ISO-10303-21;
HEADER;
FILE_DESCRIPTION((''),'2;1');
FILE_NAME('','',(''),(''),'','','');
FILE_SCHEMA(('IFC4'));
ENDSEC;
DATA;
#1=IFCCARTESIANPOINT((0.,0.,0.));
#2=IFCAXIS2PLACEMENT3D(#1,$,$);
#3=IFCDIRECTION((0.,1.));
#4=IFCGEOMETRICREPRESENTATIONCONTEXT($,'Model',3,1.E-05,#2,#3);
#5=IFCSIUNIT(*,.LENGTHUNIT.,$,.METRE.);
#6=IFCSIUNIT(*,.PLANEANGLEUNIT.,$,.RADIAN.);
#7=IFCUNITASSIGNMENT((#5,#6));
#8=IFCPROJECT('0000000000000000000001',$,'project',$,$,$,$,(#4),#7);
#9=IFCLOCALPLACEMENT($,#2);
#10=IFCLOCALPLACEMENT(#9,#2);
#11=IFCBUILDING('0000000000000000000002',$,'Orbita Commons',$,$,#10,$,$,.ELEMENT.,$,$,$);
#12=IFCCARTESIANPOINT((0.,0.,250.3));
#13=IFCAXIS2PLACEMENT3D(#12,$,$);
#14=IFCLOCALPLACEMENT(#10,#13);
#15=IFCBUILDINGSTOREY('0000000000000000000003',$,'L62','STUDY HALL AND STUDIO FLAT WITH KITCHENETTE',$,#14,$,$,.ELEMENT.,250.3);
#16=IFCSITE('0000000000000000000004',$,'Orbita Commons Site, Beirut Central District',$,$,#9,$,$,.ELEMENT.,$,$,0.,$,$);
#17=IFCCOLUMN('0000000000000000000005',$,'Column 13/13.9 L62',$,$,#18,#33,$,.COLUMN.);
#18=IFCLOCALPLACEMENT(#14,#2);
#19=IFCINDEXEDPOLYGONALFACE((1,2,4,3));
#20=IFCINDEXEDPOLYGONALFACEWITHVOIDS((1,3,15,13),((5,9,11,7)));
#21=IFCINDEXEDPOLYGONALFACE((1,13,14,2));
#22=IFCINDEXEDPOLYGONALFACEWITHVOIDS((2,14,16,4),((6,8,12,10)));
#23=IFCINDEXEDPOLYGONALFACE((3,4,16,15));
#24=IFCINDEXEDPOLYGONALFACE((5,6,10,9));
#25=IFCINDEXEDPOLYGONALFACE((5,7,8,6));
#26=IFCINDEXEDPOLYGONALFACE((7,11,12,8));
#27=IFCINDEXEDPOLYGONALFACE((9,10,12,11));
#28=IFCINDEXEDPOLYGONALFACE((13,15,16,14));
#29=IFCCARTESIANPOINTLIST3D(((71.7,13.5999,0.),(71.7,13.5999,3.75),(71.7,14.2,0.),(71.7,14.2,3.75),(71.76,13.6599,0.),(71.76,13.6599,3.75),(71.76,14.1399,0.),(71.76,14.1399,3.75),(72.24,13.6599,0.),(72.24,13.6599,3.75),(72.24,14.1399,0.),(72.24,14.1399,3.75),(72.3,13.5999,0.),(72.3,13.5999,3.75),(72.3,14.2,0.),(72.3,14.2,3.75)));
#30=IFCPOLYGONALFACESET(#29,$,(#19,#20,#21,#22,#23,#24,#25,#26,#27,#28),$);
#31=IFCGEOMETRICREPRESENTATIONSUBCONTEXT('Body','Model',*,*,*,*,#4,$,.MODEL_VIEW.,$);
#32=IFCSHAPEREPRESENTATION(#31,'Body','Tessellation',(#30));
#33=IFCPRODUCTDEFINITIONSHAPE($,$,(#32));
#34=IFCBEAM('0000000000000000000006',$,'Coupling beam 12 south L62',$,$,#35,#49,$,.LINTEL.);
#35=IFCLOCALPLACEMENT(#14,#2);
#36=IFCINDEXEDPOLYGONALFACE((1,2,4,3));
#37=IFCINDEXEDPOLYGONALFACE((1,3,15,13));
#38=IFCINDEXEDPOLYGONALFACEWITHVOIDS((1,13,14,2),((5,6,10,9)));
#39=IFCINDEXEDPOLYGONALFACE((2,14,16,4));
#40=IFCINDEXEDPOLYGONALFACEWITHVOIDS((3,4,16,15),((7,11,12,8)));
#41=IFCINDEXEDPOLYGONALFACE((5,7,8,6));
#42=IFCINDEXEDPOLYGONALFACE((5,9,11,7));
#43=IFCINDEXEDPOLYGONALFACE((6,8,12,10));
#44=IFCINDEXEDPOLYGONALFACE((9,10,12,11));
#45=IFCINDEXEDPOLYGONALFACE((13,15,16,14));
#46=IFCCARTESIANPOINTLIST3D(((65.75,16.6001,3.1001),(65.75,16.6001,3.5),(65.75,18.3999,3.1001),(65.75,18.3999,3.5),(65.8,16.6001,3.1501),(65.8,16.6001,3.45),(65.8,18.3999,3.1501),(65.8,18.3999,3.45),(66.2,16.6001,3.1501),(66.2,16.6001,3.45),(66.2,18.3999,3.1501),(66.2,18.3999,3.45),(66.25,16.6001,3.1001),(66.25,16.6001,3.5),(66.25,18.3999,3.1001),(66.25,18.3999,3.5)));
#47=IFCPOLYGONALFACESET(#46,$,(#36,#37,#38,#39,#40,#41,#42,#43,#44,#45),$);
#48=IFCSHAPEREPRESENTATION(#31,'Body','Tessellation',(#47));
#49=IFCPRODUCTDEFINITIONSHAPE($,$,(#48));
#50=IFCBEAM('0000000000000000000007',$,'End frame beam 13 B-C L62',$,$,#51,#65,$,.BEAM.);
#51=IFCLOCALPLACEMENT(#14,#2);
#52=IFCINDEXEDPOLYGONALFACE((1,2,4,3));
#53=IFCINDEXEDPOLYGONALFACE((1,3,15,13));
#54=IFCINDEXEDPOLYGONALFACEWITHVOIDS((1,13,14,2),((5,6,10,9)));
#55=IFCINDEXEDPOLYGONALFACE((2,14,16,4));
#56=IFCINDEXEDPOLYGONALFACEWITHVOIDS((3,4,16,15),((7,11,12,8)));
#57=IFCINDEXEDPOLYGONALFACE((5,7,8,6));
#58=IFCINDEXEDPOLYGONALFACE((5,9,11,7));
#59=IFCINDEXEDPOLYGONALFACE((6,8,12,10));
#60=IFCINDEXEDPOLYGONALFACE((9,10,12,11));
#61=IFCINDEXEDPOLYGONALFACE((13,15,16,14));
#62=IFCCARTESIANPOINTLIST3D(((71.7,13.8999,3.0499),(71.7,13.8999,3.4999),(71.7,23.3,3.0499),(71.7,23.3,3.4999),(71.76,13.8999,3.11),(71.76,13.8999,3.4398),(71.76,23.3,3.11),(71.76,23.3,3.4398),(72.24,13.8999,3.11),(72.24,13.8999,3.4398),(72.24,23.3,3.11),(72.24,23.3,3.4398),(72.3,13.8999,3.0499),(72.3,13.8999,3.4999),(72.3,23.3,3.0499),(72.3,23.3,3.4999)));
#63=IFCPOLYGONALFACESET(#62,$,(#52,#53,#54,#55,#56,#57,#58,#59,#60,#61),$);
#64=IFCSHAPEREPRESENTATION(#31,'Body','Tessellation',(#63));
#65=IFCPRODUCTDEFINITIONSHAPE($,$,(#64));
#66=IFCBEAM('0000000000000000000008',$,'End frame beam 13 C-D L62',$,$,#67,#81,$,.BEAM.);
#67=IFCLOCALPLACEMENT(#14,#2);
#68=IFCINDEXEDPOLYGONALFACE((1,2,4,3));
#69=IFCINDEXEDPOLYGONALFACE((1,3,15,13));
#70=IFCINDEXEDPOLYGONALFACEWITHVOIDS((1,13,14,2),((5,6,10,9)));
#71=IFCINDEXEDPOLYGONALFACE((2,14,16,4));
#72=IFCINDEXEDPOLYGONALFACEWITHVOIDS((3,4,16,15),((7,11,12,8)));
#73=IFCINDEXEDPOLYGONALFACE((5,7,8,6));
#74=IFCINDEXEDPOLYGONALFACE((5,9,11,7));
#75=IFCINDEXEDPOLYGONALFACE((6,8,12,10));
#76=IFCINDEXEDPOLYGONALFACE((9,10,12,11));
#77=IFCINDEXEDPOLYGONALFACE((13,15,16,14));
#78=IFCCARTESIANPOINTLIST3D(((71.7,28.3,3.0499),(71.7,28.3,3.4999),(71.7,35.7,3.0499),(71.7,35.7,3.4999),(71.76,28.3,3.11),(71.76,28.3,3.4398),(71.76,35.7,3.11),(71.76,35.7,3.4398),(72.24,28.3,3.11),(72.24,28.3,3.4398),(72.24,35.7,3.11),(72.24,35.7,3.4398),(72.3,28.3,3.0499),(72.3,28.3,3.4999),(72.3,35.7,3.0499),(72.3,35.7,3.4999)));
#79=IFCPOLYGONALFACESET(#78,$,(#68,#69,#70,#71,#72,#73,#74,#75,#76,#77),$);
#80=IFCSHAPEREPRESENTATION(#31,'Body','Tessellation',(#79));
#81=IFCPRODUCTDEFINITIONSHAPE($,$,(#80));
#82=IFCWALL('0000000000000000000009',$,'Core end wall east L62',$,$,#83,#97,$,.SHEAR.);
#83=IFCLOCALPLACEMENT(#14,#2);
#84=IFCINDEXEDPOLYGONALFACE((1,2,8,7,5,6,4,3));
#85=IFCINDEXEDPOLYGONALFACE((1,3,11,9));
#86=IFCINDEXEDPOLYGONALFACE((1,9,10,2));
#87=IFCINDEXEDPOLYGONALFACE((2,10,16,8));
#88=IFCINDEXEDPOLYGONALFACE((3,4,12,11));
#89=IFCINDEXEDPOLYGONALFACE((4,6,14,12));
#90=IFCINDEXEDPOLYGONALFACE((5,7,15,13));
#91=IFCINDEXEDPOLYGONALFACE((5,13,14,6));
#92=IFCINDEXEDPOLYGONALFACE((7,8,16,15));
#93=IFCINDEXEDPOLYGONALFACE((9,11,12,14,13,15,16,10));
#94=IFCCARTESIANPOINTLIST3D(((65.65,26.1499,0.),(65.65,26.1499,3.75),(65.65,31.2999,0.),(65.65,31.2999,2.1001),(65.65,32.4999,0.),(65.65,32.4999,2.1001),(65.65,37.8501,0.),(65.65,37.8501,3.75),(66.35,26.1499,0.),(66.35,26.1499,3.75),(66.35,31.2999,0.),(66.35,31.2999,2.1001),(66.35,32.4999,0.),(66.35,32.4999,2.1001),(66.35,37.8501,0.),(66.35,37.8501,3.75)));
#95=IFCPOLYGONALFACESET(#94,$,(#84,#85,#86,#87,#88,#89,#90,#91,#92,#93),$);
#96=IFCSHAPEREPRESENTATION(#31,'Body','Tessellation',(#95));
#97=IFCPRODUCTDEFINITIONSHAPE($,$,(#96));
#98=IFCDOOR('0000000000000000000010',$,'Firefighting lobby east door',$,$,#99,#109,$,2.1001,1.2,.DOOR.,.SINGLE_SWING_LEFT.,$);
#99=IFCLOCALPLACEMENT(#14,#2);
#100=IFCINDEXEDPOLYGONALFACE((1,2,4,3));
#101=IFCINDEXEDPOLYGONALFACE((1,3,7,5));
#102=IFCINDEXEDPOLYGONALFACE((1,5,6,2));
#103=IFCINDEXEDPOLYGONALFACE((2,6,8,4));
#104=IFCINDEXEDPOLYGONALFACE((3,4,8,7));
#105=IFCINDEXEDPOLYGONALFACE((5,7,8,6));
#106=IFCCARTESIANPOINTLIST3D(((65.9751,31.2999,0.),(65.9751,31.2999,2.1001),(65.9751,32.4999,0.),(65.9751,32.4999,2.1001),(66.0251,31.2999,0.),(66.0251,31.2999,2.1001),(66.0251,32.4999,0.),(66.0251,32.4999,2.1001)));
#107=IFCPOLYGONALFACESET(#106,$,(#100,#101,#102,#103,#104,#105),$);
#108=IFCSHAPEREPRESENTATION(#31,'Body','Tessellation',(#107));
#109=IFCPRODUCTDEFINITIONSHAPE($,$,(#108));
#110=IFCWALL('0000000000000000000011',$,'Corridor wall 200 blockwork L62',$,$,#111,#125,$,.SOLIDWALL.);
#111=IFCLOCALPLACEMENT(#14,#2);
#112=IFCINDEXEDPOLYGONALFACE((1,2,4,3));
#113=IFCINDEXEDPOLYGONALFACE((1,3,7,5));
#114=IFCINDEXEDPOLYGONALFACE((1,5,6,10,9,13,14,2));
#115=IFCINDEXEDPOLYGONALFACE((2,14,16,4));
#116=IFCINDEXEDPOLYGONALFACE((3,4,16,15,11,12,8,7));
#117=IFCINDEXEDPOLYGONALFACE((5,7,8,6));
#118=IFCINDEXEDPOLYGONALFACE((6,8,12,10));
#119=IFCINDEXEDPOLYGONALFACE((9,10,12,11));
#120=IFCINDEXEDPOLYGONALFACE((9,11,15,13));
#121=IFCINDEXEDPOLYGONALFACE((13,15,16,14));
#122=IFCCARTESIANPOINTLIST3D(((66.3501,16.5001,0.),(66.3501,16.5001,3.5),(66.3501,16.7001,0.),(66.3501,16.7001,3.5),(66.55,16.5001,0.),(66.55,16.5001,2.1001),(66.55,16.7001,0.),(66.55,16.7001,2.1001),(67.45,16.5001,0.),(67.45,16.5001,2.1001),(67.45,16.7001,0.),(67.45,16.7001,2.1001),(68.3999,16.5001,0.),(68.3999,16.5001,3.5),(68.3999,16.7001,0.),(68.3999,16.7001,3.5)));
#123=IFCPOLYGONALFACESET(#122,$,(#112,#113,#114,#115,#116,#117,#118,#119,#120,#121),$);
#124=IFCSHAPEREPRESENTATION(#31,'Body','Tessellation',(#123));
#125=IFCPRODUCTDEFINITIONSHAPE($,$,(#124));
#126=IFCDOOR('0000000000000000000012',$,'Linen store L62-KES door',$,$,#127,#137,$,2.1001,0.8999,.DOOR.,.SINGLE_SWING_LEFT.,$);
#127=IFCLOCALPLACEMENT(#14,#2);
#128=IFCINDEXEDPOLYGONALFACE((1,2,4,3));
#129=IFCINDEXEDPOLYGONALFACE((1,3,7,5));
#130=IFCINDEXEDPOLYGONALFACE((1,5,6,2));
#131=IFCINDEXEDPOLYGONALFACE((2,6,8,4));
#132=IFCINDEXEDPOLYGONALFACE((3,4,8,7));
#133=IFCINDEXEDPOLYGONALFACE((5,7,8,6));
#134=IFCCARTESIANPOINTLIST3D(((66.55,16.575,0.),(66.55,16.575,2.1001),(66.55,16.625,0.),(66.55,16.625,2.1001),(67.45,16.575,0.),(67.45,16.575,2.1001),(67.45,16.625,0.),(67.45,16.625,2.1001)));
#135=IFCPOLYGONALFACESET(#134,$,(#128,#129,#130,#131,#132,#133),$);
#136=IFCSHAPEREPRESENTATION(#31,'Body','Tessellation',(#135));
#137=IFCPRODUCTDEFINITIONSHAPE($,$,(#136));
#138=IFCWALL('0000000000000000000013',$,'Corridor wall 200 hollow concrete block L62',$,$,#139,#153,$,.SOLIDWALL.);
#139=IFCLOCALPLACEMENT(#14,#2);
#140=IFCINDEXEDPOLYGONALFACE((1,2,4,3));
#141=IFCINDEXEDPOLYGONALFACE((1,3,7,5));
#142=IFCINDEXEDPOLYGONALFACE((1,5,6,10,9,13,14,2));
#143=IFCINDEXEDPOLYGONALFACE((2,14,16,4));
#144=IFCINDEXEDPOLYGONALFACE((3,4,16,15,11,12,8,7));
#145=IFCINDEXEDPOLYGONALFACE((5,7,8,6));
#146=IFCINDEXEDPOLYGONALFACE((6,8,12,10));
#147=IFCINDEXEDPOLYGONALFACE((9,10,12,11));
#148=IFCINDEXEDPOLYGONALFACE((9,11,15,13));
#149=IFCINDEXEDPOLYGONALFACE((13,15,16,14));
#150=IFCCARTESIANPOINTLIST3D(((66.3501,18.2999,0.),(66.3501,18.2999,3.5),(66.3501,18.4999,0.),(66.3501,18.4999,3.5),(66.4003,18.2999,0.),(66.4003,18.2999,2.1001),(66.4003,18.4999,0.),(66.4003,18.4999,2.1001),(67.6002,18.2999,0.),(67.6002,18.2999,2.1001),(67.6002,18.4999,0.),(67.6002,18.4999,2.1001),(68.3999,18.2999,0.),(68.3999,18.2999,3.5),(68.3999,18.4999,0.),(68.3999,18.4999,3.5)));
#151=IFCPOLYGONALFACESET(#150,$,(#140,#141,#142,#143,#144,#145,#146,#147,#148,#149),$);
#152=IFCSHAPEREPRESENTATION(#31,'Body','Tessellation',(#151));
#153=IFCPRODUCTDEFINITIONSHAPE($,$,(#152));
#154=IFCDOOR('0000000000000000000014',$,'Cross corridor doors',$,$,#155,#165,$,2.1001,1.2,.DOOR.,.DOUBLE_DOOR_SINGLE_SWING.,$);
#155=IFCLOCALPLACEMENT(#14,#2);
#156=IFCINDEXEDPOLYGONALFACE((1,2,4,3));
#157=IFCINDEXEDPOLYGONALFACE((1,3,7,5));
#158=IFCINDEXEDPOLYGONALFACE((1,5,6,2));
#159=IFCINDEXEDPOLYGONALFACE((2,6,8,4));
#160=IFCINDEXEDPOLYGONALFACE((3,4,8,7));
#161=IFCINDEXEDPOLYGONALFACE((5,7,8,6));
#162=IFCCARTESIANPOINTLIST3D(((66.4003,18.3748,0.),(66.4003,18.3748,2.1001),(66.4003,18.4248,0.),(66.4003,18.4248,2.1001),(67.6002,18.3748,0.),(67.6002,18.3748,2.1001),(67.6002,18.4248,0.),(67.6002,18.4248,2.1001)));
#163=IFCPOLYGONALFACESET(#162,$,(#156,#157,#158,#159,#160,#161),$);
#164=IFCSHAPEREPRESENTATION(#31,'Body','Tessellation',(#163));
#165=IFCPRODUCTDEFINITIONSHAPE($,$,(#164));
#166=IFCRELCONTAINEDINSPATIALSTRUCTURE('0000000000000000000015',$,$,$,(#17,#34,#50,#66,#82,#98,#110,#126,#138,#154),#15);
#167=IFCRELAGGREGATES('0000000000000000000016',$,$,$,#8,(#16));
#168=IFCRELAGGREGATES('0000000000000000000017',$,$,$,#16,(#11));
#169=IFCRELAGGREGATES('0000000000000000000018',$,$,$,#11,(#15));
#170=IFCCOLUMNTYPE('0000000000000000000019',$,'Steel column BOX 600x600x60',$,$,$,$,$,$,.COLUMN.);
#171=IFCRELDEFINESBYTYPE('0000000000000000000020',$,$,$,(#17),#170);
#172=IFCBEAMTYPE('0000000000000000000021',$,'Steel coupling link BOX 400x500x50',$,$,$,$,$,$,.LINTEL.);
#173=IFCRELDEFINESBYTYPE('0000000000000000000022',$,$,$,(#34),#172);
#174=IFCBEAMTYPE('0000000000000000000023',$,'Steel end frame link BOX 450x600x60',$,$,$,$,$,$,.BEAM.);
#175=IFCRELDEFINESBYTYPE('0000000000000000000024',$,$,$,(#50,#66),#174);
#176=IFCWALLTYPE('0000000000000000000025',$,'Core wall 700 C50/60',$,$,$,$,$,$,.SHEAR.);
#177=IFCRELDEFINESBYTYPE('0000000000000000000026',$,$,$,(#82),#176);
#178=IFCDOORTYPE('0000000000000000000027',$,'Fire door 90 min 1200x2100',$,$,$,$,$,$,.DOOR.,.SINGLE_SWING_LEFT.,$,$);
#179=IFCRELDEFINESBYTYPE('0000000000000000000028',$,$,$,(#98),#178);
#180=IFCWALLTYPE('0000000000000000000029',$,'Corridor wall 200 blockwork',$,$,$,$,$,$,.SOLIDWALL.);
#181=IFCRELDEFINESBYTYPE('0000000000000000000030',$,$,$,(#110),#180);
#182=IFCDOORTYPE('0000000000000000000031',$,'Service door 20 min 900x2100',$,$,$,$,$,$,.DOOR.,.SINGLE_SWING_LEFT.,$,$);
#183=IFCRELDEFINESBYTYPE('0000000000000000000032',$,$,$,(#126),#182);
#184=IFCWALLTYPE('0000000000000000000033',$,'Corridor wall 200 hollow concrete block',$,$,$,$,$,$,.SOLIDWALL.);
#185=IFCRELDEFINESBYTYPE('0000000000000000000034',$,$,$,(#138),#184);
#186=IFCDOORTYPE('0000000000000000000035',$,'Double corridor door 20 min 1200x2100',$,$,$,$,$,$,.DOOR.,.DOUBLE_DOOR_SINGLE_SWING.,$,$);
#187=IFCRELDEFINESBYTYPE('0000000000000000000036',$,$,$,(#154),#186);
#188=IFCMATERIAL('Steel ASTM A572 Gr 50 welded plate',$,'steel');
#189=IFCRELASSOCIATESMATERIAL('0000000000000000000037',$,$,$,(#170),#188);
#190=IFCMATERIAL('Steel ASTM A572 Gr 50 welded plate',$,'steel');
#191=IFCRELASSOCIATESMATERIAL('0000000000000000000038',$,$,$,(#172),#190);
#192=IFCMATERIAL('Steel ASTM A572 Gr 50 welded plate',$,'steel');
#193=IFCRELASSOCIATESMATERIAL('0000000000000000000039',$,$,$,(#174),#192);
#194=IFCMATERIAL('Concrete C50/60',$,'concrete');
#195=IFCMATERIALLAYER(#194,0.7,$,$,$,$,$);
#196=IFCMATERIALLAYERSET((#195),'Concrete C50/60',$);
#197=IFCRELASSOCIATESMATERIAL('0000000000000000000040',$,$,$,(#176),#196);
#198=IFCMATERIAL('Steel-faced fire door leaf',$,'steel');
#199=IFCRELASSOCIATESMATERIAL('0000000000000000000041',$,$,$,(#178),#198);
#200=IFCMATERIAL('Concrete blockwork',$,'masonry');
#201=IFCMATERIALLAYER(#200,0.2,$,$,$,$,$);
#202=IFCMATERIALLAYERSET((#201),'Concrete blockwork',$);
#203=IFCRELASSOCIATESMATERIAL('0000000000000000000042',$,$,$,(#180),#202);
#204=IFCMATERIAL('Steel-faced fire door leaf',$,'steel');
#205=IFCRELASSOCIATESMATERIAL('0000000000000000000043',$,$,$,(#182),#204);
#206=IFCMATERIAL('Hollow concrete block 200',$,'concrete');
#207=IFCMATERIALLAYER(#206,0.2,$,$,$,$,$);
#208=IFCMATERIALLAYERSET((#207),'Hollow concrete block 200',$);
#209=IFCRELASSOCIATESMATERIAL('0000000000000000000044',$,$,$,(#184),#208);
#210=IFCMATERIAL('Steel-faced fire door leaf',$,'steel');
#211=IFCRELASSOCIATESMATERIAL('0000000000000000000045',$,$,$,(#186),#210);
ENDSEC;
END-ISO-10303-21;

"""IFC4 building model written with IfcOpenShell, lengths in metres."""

from ifc_helpers import new_model, si_unit, direction, frame, frame_2d, origin, origin_2d, place, context, subcontext, project, spatial, rectangle, hollow_rectangle, extrude, material, layer, layer_set, material_profile, profile_set, type_object, element, fill, save


model = new_model("IFC4")

# Units and contexts
model_context = context("Model", 3, precision=1e-05, world=origin(), true_north=direction((0.0, 1.0)))
body_context = subcontext(model_context, "Body", "Model", "MODEL_VIEW")
ifc_project = project(units=[si_unit("LENGTHUNIT", "METRE"), si_unit("PLANEANGLEUNIT", "RADIAN")], contexts=[model_context])

# Site, building, storey
site_placement = place(None, origin())
site = spatial("IfcSite", under=ifc_project, at=site_placement, Name="Orbita Commons Site, Beirut Central District", CompositionType="ELEMENT", RefElevation=0.0)
building_placement = place(site_placement, origin())
building = spatial("IfcBuilding", under=site, at=building_placement, Name="Orbita Commons", CompositionType="ELEMENT")
storey_placement = place(building_placement, frame((0.0, 0.0, 250.3)))
storey = spatial("IfcBuildingStorey", under=building, at=storey_placement, Name="L62", Description="STUDY HALL AND STUDIO FLAT WITH KITCHENETTE", CompositionType="ELEMENT", Elevation=250.3)

# Column
ifc_material_1 = material(Name="Steel ASTM A572 Gr 50 welded plate", Category="steel")
ifc_material_profile_1 = material_profile(ifc_material_1, hollow_rectangle(XDim=0.6001, YDim=0.6001, WallThickness=0.0601, at=origin_2d()), Name="BOX 600x600x60")
ifc_profile_set_1 = profile_set([ifc_material_profile_1], Name="Steel ASTM A572 Gr 50 welded plate")
column_type = type_object("IfcColumnType", Name="Steel column BOX 600x600x60", PredefinedType="COLUMN", material=ifc_profile_set_1)
column_placement = place(storey_placement, frame((72.0, 13.8999, 0.0), z_axis=(0.0, 0.0, 1.0), x_axis=(1.0, 0.0, 0.0)))
element("IfcColumn", 1, at=column_placement, inside=storey, type_object=column_type, Name="Column 13/13.9 L62", PredefinedType="COLUMN", context=body_context, shape_type="SweptSolid", body=[
    extrude(hollow_rectangle(XDim=0.6001, YDim=0.6001, WallThickness=0.0601, at=origin_2d()), origin(), (0.0, 0.0, 1.0), 3.75),
])

# Beams
ifc_material_2 = material(Name="Steel ASTM A572 Gr 50 welded plate", Category="steel")
ifc_material_profile_2 = material_profile(ifc_material_2, hollow_rectangle(XDim=0.5, YDim=0.3999, WallThickness=0.05, at=origin_2d()), Name="BOX 400x500x50")
ifc_profile_set_2 = profile_set([ifc_material_profile_2], Name="Steel ASTM A572 Gr 50 welded plate")
beam_type_1 = type_object("IfcBeamType", Name="Steel coupling link BOX 400x500x50", PredefinedType="LINTEL", material=ifc_profile_set_2)
beam_1_placement = place(storey_placement, frame((66.0, 16.6001, 3.3), z_axis=(0.0, 1.0, 0.0), x_axis=(-1.0, 0.0, 0.0)))
element("IfcBeam", 2, at=beam_1_placement, inside=storey, type_object=beam_type_1, Name="Coupling beam 12 south L62", PredefinedType="LINTEL", context=body_context, shape_type="SweptSolid", body=[
    extrude(hollow_rectangle(XDim=0.5, YDim=0.3999, WallThickness=0.05, at=origin_2d()), origin(), (0.0, 0.0, 1.0), 1.7998),
])
ifc_material_3 = material(Name="Steel ASTM A572 Gr 50 welded plate", Category="steel")
ifc_material_profile_3 = material_profile(ifc_material_3, hollow_rectangle(XDim=0.6001, YDim=0.45, WallThickness=0.0601, at=origin_2d()), Name="BOX 450x600x60")
ifc_profile_set_3 = profile_set([ifc_material_profile_3], Name="Steel ASTM A572 Gr 50 welded plate")
beam_type_2 = type_object("IfcBeamType", Name="Steel end frame link BOX 450x600x60", PredefinedType="BEAM", material=ifc_profile_set_3)
beam_2_placement = place(storey_placement, frame((72.0, 13.8999, 3.2749), z_axis=(0.0, 1.0, 0.0), x_axis=(-1.0, 0.0, 0.0)))
element("IfcBeam", 3, at=beam_2_placement, inside=storey, type_object=beam_type_2, Name="End frame beam 13 B-C L62", PredefinedType="BEAM", context=body_context, shape_type="SweptSolid", body=[
    extrude(hollow_rectangle(XDim=0.6001, YDim=0.45, WallThickness=0.0601, at=origin_2d()), origin(), (0.0, 0.0, 1.0), 9.4001),
])
beam_3_placement = place(storey_placement, frame((72.0, 28.3, 3.2749), z_axis=(0.0, 1.0, 0.0), x_axis=(-1.0, 0.0, 0.0)))
element("IfcBeam", 4, at=beam_3_placement, inside=storey, type_object=beam_type_2, Name="End frame beam 13 C-D L62", PredefinedType="BEAM", context=body_context, shape_type="SweptSolid", body=[
    extrude(hollow_rectangle(XDim=0.6001, YDim=0.45, WallThickness=0.0601, at=origin_2d()), origin(), (0.0, 0.0, 1.0), 7.3999),
])

# Walls, openings, doors
ifc_material_4 = material(Name="Concrete C50/60", Category="concrete")
ifc_layer_1 = layer(ifc_material_4, 0.7)
ifc_layer_set_1 = layer_set([ifc_layer_1], Name="Concrete C50/60")
wall_type_1 = type_object("IfcWallType", Name="Core wall 700 C50/60", PredefinedType="SHEAR", material=ifc_layer_set_1)
wall_1_placement = place(storey_placement, frame((66.0, 26.1499, 0.0), z_axis=(0.0, 0.0, 1.0), x_axis=(0.0, 1.0, 0.0)))
wall_1 = element("IfcWall", 5, at=wall_1_placement, inside=storey, type_object=wall_type_1, Name="Core end wall east L62", PredefinedType="SHEAR", context=body_context, shape_type="SweptSolid", body=[
    extrude(rectangle(XDim=11.7002, YDim=0.7, at=frame_2d((5.8501, 0.0))), origin(), (0.0, 0.0, 1.0), 3.75),
])
opening_1_placement = place(wall_1_placement, frame((5.1499, 0.0, 0.0)))
opening_1 = element("IfcOpeningElement", 6, at=opening_1_placement, cuts=wall_1, PredefinedType="OPENING", context=body_context, shape_type="SweptSolid", body=[
    extrude(rectangle(XDim=1.2, YDim=2.1001, at=frame_2d((0.6001, 1.05))), frame((0.0, 0.3599, 0.0), z_axis=(0.0, -1.0, 0.0), x_axis=(1.0, 0.0, 0.0)), (0.0, 0.0, 1.0), 0.72),
])
ifc_material_5 = material(Name="Steel-faced fire door leaf", Category="steel")
door_type_1 = type_object("IfcDoorType", Name="Fire door 90 min 1200x2100", OperationType="SINGLE_SWING_LEFT", PredefinedType="DOOR", material=ifc_material_5)
door_1_placement = place(opening_1_placement, origin())
door_1 = element("IfcDoor", 7, at=door_1_placement, inside=storey, type_object=door_type_1, Name="Firefighting lobby east door", OperationType="SINGLE_SWING_LEFT", OverallHeight=2.1001, OverallWidth=1.2, PredefinedType="DOOR", context=body_context, shape_type="SweptSolid", body=[
    extrude(rectangle(XDim=1.2, YDim=2.1001, at=frame_2d((0.6001, 1.05))), frame((0.0, 0.0249, 0.0), z_axis=(0.0, -1.0, 0.0), x_axis=(1.0, 0.0, 0.0)), (0.0, 0.0, 1.0), 0.05),
])
fill(opening_1, door_1)
ifc_material_6 = material(Name="Concrete blockwork", Category="masonry")
ifc_layer_2 = layer(ifc_material_6, 0.2)
ifc_layer_set_2 = layer_set([ifc_layer_2], Name="Concrete blockwork")
wall_type_2 = type_object("IfcWallType", Name="Corridor wall 200 blockwork", PredefinedType="SOLIDWALL", material=ifc_layer_set_2)
wall_2_placement = place(storey_placement, frame((66.3501, 16.6001, 0.0), z_axis=(0.0, 0.0, 1.0), x_axis=(1.0, 0.0, 0.0)))
wall_2 = element("IfcWall", 8, at=wall_2_placement, inside=storey, type_object=wall_type_2, Name="Corridor wall 200 blockwork L62", PredefinedType="SOLIDWALL", context=body_context, shape_type="SweptSolid", body=[
    extrude(rectangle(XDim=2.0498, YDim=0.2, at=frame_2d((1.0249, 0.0))), origin(), (0.0, 0.0, 1.0), 3.5),
])
opening_2_placement = place(wall_2_placement, frame((0.2, 0.0, 0.0)))
opening_2 = element("IfcOpeningElement", 9, at=opening_2_placement, cuts=wall_2, PredefinedType="OPENING", context=body_context, shape_type="SweptSolid", body=[
    extrude(rectangle(XDim=0.8999, YDim=2.1001, at=frame_2d((0.45, 1.05))), frame((0.0, 0.1099, 0.0), z_axis=(0.0, -1.0, 0.0), x_axis=(1.0, 0.0, 0.0)), (0.0, 0.0, 1.0), 0.22),
])
ifc_material_7 = material(Name="Steel-faced fire door leaf", Category="steel")
door_type_2 = type_object("IfcDoorType", Name="Service door 20 min 900x2100", OperationType="SINGLE_SWING_LEFT", PredefinedType="DOOR", material=ifc_material_7)
door_2_placement = place(opening_2_placement, origin())
door_2 = element("IfcDoor", 10, at=door_2_placement, inside=storey, type_object=door_type_2, Name="Linen store L62-KES door", OperationType="SINGLE_SWING_LEFT", OverallHeight=2.1001, OverallWidth=0.8999, PredefinedType="DOOR", context=body_context, shape_type="SweptSolid", body=[
    extrude(rectangle(XDim=0.8999, YDim=2.1001, at=frame_2d((0.45, 1.05))), frame((0.0, 0.0249, 0.0), z_axis=(0.0, -1.0, 0.0), x_axis=(1.0, 0.0, 0.0)), (0.0, 0.0, 1.0), 0.05),
])
fill(opening_2, door_2)
ifc_material_8 = material(Name="Hollow concrete block 200", Category="concrete")
ifc_layer_3 = layer(ifc_material_8, 0.2)
ifc_layer_set_3 = layer_set([ifc_layer_3], Name="Hollow concrete block 200")
wall_type_3 = type_object("IfcWallType", Name="Corridor wall 200 hollow concrete block", PredefinedType="SOLIDWALL", material=ifc_layer_set_3)
wall_3_placement = place(storey_placement, frame((66.3501, 18.3999, 0.0), z_axis=(0.0, 0.0, 1.0), x_axis=(1.0, 0.0, 0.0)))
wall_3 = element("IfcWall", 11, at=wall_3_placement, inside=storey, type_object=wall_type_3, Name="Corridor wall 200 hollow concrete block L62", PredefinedType="SOLIDWALL", context=body_context, shape_type="SweptSolid", body=[
    extrude(rectangle(XDim=2.0498, YDim=0.2, at=frame_2d((1.0249, 0.0))), origin(), (0.0, 0.0, 1.0), 3.5),
])
opening_3_placement = place(wall_3_placement, frame((0.05, 0.0, 0.0)))
opening_3 = element("IfcOpeningElement", 12, at=opening_3_placement, cuts=wall_3, PredefinedType="OPENING", context=body_context, shape_type="SweptSolid", body=[
    extrude(rectangle(XDim=1.2, YDim=2.1001, at=frame_2d((0.6001, 1.05))), frame((0.0, 0.1099, 0.0), z_axis=(0.0, -1.0, 0.0), x_axis=(1.0, 0.0, 0.0)), (0.0, 0.0, 1.0), 0.22),
])
ifc_material_9 = material(Name="Steel-faced fire door leaf", Category="steel")
door_type_3 = type_object("IfcDoorType", Name="Double corridor door 20 min 1200x2100", OperationType="DOUBLE_DOOR_SINGLE_SWING", PredefinedType="DOOR", material=ifc_material_9)
door_3_placement = place(opening_3_placement, origin())
door_3 = element("IfcDoor", 13, at=door_3_placement, inside=storey, type_object=door_type_3, Name="Cross corridor doors", OperationType="DOUBLE_DOOR_SINGLE_SWING", OverallHeight=2.1001, OverallWidth=1.2, PredefinedType="DOOR", context=body_context, shape_type="SweptSolid", body=[
    extrude(rectangle(XDim=1.2, YDim=2.1001, at=frame_2d((0.6001, 1.05))), frame((0.0, 0.0249, 0.0), z_axis=(0.0, -1.0, 0.0), x_axis=(1.0, 0.0, 0.0)), (0.0, 0.0, 1.0), 0.05),
])
fill(opening_3, door_3)

save(model, "model.ifc")
